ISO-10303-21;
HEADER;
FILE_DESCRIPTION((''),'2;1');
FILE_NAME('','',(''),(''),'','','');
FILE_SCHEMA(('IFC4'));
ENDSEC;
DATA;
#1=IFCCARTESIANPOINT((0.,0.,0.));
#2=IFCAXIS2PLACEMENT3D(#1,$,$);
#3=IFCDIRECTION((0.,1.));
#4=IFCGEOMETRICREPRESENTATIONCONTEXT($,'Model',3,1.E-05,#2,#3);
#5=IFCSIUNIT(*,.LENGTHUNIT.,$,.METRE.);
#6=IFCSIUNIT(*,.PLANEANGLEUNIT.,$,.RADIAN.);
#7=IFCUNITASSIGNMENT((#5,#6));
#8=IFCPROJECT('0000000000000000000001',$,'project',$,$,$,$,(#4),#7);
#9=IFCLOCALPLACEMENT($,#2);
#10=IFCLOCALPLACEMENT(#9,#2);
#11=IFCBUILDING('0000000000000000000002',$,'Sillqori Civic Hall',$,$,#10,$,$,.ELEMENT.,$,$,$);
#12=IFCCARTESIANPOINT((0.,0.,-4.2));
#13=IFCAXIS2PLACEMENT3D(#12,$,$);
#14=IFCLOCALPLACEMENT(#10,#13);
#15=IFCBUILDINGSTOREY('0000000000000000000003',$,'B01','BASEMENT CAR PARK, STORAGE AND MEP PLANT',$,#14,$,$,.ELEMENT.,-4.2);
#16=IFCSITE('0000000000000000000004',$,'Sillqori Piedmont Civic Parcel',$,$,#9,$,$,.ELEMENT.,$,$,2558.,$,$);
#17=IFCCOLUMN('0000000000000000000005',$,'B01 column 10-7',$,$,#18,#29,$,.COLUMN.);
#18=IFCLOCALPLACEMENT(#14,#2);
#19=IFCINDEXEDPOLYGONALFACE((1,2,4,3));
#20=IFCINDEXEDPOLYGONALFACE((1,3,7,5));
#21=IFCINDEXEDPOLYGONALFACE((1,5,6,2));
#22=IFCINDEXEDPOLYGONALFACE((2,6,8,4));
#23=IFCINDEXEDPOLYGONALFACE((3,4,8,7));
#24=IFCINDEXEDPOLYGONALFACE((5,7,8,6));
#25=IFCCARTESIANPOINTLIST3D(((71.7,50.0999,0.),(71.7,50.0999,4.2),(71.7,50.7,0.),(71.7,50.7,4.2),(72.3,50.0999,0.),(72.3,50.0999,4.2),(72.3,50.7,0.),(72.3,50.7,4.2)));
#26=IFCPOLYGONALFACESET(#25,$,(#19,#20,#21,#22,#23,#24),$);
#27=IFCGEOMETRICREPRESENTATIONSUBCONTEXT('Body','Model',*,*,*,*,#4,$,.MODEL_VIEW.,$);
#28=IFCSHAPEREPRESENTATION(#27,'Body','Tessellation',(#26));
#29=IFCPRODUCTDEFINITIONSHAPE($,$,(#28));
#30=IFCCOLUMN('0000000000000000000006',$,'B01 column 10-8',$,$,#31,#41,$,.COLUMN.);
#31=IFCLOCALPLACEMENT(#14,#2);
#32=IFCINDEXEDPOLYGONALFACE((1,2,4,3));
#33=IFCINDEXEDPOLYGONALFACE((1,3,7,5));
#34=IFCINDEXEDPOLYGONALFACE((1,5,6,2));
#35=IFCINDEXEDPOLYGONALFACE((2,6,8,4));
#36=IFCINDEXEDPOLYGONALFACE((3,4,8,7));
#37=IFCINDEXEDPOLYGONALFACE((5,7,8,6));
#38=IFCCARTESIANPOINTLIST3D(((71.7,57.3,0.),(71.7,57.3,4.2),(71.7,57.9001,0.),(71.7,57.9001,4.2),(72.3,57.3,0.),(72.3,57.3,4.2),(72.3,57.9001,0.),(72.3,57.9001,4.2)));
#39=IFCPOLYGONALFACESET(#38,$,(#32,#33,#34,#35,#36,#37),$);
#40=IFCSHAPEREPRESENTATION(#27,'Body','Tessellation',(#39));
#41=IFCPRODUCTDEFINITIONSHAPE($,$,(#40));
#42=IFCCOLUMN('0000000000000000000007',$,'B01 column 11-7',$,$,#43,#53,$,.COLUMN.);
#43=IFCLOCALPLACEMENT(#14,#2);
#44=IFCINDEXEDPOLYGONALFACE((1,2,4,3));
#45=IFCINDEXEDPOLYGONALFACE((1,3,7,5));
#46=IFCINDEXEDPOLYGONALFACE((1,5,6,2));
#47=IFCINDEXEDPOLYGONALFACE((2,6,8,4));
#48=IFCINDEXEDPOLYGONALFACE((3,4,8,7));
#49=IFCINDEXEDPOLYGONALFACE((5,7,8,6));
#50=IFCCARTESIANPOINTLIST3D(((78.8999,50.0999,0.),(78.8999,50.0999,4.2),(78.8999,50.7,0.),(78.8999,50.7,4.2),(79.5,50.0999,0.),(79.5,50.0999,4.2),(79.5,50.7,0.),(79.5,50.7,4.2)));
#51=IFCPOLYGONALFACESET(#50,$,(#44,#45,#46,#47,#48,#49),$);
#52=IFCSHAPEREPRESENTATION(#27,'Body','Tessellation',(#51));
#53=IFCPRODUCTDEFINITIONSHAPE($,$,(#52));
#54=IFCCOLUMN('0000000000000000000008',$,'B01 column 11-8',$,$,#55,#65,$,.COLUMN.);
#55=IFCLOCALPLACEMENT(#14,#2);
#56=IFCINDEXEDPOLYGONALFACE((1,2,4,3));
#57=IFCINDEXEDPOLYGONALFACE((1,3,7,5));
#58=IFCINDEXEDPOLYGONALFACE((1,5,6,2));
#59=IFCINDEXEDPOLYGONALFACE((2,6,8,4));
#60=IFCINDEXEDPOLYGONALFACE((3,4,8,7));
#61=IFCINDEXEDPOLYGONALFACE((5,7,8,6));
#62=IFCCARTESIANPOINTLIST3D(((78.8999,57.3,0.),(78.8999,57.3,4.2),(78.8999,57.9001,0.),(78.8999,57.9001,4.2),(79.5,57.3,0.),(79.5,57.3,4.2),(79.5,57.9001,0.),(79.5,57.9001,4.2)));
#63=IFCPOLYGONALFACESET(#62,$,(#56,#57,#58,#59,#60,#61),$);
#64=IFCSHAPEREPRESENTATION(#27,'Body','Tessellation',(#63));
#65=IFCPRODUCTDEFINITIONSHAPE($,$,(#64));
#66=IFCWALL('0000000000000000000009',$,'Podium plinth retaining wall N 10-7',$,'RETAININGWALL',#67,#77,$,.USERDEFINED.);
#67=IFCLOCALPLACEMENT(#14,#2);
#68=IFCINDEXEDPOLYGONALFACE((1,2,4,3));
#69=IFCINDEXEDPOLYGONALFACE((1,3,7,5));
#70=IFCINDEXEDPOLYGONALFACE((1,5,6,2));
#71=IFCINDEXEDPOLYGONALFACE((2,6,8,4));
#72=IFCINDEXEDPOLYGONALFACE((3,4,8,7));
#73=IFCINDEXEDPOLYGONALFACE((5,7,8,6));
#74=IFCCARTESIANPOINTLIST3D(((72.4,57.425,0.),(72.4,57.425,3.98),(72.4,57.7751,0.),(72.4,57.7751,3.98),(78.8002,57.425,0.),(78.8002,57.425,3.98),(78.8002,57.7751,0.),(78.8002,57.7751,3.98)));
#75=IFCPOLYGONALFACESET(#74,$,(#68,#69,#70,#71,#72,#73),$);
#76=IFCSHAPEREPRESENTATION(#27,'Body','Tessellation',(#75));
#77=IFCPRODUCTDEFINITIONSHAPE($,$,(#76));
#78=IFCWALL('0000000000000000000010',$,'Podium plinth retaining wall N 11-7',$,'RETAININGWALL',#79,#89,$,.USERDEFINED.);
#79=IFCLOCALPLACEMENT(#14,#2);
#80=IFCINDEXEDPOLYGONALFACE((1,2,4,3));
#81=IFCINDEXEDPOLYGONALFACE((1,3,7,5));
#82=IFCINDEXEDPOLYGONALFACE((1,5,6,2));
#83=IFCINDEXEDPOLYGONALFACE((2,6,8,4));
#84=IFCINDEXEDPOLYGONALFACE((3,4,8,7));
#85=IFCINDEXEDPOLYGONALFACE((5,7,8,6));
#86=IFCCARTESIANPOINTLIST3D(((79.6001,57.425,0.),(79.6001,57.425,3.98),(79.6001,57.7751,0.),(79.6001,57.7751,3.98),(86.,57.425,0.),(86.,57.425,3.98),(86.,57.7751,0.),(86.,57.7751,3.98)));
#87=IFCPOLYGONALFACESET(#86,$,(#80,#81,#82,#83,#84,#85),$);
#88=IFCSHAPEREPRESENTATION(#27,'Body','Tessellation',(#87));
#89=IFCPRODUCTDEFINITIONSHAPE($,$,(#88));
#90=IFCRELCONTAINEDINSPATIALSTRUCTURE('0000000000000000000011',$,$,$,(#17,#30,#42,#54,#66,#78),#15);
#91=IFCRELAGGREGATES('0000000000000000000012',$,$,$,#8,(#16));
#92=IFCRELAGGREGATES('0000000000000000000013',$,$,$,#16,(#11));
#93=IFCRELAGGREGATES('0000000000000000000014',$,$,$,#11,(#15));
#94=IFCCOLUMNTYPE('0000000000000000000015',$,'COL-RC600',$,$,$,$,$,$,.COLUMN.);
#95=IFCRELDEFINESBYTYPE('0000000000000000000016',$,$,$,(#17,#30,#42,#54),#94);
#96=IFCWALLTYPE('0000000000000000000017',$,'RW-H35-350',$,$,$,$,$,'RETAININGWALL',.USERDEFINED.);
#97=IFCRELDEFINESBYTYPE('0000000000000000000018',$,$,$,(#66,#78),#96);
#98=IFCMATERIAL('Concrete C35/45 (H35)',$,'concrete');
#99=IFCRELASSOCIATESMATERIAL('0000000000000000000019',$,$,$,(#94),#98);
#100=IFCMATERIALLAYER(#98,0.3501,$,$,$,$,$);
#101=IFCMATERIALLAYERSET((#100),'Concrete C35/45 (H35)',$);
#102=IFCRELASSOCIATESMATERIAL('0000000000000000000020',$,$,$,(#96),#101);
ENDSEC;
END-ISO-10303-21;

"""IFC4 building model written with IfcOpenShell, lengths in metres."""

from ifc_helpers import new_model, si_unit, direction, frame, frame_2d, origin, origin_2d, place, context, subcontext, project, spatial, rectangle, extrude, material, layer, layer_set, material_profile, profile_set, type_object, element, save


model = new_model("IFC4")

# Units and contexts
model_context = context("Model", 3, precision=1e-05, world=origin(), true_north=direction((0.0, 1.0)))
body_context = subcontext(model_context, "Body", "Model", "MODEL_VIEW")
ifc_project = project(units=[si_unit("LENGTHUNIT", "METRE"), si_unit("PLANEANGLEUNIT", "RADIAN")], contexts=[model_context])

# Site, building, storey
site_placement = place(None, origin())
site = spatial("IfcSite", under=ifc_project, at=site_placement, Name="Sillqori Piedmont Civic Parcel", CompositionType="ELEMENT", RefElevation=2558.0)
building_placement = place(site_placement, origin())
building = spatial("IfcBuilding", under=site, at=building_placement, Name="Sillqori Civic Hall", CompositionType="ELEMENT")
storey_placement = place(building_placement, frame((0.0, 0.0, -4.2)))
storey = spatial("IfcBuildingStorey", under=building, at=storey_placement, Name="B01", Description="BASEMENT CAR PARK, STORAGE AND MEP PLANT", CompositionType="ELEMENT", Elevation=-4.2)

# Shared definitions
ifc_material = material(Name="Concrete C35/45 (H35)", Category="concrete")

# Columns
ifc_material_profile_1 = material_profile(ifc_material, rectangle(XDim=0.6001, YDim=0.6001, at=origin_2d()), Name="RC 600x600")
ifc_profile_set_1 = profile_set([ifc_material_profile_1], Name="Concrete C35/45 (H35)")
column_type = type_object("IfcColumnType", Name="COL-RC600", PredefinedType="COLUMN", material=ifc_profile_set_1)
for number, where, z_axis, x_axis, name in (
    (1, (72.0, 50.3999, 0.0), (0.0, 0.0, 1.0), (1.0, 0.0, 0.0), "B01 column 10-7"),
    (2, (72.0, 57.6001, 0.0), (0.0, 0.0, 1.0), (1.0, 0.0, 0.0), "B01 column 10-8"),
    (3, (79.2, 50.3999, 0.0), (0.0, 0.0, 1.0), (1.0, 0.0, 0.0), "B01 column 11-7"),
    (4, (79.2, 57.6001, 0.0), (0.0, 0.0, 1.0), (1.0, 0.0, 0.0), "B01 column 11-8"),
):
    element("IfcColumn", number, at=place(storey_placement, frame(where, z_axis=z_axis, x_axis=x_axis)), inside=storey, type_object=column_type, Name=name, PredefinedType="COLUMN", context=body_context, shape_type="SweptSolid", body=[
        extrude(rectangle(XDim=0.6001, YDim=0.6001, at=origin_2d()), origin(), (0.0, 0.0, 1.0), 4.2),
    ])

# Walls
ifc_layer = layer(ifc_material, 0.3501)
ifc_layer_set = layer_set([ifc_layer], Name="Concrete C35/45 (H35)")
wall_type = type_object("IfcWallType", Name="RW-H35-350", ElementType="RETAININGWALL", PredefinedType="USERDEFINED", material=ifc_layer_set)
wall_1_placement = place(storey_placement, frame((72.3999, 57.6001, 0.0), z_axis=(0.0, 0.0, 1.0), x_axis=(1.0, 0.0, 0.0)))
element("IfcWall", 5, at=wall_1_placement, inside=storey, type_object=wall_type, Name="Podium plinth retaining wall N 10-7", ObjectType="RETAININGWALL", PredefinedType="USERDEFINED", context=body_context, shape_type="SweptSolid", body=[
    extrude(rectangle(XDim=6.4001, YDim=0.3501, at=frame_2d((3.2002, 0.0))), origin(), (0.0, 0.0, 1.0), 3.98),
])
wall_2_placement = place(storey_placement, frame((79.6001, 57.6001, 0.0), z_axis=(0.0, 0.0, 1.0), x_axis=(1.0, 0.0, 0.0)))
element("IfcWall", 6, at=wall_2_placement, inside=storey, type_object=wall_type, Name="Podium plinth retaining wall N 11-7", ObjectType="RETAININGWALL", PredefinedType="USERDEFINED", context=body_context, shape_type="SweptSolid", body=[
    extrude(rectangle(XDim=6.3999, YDim=0.3501, at=frame_2d((3.2, 0.0))), origin(), (0.0, 0.0, 1.0), 3.98),
])

save(model, "model.ifc")
